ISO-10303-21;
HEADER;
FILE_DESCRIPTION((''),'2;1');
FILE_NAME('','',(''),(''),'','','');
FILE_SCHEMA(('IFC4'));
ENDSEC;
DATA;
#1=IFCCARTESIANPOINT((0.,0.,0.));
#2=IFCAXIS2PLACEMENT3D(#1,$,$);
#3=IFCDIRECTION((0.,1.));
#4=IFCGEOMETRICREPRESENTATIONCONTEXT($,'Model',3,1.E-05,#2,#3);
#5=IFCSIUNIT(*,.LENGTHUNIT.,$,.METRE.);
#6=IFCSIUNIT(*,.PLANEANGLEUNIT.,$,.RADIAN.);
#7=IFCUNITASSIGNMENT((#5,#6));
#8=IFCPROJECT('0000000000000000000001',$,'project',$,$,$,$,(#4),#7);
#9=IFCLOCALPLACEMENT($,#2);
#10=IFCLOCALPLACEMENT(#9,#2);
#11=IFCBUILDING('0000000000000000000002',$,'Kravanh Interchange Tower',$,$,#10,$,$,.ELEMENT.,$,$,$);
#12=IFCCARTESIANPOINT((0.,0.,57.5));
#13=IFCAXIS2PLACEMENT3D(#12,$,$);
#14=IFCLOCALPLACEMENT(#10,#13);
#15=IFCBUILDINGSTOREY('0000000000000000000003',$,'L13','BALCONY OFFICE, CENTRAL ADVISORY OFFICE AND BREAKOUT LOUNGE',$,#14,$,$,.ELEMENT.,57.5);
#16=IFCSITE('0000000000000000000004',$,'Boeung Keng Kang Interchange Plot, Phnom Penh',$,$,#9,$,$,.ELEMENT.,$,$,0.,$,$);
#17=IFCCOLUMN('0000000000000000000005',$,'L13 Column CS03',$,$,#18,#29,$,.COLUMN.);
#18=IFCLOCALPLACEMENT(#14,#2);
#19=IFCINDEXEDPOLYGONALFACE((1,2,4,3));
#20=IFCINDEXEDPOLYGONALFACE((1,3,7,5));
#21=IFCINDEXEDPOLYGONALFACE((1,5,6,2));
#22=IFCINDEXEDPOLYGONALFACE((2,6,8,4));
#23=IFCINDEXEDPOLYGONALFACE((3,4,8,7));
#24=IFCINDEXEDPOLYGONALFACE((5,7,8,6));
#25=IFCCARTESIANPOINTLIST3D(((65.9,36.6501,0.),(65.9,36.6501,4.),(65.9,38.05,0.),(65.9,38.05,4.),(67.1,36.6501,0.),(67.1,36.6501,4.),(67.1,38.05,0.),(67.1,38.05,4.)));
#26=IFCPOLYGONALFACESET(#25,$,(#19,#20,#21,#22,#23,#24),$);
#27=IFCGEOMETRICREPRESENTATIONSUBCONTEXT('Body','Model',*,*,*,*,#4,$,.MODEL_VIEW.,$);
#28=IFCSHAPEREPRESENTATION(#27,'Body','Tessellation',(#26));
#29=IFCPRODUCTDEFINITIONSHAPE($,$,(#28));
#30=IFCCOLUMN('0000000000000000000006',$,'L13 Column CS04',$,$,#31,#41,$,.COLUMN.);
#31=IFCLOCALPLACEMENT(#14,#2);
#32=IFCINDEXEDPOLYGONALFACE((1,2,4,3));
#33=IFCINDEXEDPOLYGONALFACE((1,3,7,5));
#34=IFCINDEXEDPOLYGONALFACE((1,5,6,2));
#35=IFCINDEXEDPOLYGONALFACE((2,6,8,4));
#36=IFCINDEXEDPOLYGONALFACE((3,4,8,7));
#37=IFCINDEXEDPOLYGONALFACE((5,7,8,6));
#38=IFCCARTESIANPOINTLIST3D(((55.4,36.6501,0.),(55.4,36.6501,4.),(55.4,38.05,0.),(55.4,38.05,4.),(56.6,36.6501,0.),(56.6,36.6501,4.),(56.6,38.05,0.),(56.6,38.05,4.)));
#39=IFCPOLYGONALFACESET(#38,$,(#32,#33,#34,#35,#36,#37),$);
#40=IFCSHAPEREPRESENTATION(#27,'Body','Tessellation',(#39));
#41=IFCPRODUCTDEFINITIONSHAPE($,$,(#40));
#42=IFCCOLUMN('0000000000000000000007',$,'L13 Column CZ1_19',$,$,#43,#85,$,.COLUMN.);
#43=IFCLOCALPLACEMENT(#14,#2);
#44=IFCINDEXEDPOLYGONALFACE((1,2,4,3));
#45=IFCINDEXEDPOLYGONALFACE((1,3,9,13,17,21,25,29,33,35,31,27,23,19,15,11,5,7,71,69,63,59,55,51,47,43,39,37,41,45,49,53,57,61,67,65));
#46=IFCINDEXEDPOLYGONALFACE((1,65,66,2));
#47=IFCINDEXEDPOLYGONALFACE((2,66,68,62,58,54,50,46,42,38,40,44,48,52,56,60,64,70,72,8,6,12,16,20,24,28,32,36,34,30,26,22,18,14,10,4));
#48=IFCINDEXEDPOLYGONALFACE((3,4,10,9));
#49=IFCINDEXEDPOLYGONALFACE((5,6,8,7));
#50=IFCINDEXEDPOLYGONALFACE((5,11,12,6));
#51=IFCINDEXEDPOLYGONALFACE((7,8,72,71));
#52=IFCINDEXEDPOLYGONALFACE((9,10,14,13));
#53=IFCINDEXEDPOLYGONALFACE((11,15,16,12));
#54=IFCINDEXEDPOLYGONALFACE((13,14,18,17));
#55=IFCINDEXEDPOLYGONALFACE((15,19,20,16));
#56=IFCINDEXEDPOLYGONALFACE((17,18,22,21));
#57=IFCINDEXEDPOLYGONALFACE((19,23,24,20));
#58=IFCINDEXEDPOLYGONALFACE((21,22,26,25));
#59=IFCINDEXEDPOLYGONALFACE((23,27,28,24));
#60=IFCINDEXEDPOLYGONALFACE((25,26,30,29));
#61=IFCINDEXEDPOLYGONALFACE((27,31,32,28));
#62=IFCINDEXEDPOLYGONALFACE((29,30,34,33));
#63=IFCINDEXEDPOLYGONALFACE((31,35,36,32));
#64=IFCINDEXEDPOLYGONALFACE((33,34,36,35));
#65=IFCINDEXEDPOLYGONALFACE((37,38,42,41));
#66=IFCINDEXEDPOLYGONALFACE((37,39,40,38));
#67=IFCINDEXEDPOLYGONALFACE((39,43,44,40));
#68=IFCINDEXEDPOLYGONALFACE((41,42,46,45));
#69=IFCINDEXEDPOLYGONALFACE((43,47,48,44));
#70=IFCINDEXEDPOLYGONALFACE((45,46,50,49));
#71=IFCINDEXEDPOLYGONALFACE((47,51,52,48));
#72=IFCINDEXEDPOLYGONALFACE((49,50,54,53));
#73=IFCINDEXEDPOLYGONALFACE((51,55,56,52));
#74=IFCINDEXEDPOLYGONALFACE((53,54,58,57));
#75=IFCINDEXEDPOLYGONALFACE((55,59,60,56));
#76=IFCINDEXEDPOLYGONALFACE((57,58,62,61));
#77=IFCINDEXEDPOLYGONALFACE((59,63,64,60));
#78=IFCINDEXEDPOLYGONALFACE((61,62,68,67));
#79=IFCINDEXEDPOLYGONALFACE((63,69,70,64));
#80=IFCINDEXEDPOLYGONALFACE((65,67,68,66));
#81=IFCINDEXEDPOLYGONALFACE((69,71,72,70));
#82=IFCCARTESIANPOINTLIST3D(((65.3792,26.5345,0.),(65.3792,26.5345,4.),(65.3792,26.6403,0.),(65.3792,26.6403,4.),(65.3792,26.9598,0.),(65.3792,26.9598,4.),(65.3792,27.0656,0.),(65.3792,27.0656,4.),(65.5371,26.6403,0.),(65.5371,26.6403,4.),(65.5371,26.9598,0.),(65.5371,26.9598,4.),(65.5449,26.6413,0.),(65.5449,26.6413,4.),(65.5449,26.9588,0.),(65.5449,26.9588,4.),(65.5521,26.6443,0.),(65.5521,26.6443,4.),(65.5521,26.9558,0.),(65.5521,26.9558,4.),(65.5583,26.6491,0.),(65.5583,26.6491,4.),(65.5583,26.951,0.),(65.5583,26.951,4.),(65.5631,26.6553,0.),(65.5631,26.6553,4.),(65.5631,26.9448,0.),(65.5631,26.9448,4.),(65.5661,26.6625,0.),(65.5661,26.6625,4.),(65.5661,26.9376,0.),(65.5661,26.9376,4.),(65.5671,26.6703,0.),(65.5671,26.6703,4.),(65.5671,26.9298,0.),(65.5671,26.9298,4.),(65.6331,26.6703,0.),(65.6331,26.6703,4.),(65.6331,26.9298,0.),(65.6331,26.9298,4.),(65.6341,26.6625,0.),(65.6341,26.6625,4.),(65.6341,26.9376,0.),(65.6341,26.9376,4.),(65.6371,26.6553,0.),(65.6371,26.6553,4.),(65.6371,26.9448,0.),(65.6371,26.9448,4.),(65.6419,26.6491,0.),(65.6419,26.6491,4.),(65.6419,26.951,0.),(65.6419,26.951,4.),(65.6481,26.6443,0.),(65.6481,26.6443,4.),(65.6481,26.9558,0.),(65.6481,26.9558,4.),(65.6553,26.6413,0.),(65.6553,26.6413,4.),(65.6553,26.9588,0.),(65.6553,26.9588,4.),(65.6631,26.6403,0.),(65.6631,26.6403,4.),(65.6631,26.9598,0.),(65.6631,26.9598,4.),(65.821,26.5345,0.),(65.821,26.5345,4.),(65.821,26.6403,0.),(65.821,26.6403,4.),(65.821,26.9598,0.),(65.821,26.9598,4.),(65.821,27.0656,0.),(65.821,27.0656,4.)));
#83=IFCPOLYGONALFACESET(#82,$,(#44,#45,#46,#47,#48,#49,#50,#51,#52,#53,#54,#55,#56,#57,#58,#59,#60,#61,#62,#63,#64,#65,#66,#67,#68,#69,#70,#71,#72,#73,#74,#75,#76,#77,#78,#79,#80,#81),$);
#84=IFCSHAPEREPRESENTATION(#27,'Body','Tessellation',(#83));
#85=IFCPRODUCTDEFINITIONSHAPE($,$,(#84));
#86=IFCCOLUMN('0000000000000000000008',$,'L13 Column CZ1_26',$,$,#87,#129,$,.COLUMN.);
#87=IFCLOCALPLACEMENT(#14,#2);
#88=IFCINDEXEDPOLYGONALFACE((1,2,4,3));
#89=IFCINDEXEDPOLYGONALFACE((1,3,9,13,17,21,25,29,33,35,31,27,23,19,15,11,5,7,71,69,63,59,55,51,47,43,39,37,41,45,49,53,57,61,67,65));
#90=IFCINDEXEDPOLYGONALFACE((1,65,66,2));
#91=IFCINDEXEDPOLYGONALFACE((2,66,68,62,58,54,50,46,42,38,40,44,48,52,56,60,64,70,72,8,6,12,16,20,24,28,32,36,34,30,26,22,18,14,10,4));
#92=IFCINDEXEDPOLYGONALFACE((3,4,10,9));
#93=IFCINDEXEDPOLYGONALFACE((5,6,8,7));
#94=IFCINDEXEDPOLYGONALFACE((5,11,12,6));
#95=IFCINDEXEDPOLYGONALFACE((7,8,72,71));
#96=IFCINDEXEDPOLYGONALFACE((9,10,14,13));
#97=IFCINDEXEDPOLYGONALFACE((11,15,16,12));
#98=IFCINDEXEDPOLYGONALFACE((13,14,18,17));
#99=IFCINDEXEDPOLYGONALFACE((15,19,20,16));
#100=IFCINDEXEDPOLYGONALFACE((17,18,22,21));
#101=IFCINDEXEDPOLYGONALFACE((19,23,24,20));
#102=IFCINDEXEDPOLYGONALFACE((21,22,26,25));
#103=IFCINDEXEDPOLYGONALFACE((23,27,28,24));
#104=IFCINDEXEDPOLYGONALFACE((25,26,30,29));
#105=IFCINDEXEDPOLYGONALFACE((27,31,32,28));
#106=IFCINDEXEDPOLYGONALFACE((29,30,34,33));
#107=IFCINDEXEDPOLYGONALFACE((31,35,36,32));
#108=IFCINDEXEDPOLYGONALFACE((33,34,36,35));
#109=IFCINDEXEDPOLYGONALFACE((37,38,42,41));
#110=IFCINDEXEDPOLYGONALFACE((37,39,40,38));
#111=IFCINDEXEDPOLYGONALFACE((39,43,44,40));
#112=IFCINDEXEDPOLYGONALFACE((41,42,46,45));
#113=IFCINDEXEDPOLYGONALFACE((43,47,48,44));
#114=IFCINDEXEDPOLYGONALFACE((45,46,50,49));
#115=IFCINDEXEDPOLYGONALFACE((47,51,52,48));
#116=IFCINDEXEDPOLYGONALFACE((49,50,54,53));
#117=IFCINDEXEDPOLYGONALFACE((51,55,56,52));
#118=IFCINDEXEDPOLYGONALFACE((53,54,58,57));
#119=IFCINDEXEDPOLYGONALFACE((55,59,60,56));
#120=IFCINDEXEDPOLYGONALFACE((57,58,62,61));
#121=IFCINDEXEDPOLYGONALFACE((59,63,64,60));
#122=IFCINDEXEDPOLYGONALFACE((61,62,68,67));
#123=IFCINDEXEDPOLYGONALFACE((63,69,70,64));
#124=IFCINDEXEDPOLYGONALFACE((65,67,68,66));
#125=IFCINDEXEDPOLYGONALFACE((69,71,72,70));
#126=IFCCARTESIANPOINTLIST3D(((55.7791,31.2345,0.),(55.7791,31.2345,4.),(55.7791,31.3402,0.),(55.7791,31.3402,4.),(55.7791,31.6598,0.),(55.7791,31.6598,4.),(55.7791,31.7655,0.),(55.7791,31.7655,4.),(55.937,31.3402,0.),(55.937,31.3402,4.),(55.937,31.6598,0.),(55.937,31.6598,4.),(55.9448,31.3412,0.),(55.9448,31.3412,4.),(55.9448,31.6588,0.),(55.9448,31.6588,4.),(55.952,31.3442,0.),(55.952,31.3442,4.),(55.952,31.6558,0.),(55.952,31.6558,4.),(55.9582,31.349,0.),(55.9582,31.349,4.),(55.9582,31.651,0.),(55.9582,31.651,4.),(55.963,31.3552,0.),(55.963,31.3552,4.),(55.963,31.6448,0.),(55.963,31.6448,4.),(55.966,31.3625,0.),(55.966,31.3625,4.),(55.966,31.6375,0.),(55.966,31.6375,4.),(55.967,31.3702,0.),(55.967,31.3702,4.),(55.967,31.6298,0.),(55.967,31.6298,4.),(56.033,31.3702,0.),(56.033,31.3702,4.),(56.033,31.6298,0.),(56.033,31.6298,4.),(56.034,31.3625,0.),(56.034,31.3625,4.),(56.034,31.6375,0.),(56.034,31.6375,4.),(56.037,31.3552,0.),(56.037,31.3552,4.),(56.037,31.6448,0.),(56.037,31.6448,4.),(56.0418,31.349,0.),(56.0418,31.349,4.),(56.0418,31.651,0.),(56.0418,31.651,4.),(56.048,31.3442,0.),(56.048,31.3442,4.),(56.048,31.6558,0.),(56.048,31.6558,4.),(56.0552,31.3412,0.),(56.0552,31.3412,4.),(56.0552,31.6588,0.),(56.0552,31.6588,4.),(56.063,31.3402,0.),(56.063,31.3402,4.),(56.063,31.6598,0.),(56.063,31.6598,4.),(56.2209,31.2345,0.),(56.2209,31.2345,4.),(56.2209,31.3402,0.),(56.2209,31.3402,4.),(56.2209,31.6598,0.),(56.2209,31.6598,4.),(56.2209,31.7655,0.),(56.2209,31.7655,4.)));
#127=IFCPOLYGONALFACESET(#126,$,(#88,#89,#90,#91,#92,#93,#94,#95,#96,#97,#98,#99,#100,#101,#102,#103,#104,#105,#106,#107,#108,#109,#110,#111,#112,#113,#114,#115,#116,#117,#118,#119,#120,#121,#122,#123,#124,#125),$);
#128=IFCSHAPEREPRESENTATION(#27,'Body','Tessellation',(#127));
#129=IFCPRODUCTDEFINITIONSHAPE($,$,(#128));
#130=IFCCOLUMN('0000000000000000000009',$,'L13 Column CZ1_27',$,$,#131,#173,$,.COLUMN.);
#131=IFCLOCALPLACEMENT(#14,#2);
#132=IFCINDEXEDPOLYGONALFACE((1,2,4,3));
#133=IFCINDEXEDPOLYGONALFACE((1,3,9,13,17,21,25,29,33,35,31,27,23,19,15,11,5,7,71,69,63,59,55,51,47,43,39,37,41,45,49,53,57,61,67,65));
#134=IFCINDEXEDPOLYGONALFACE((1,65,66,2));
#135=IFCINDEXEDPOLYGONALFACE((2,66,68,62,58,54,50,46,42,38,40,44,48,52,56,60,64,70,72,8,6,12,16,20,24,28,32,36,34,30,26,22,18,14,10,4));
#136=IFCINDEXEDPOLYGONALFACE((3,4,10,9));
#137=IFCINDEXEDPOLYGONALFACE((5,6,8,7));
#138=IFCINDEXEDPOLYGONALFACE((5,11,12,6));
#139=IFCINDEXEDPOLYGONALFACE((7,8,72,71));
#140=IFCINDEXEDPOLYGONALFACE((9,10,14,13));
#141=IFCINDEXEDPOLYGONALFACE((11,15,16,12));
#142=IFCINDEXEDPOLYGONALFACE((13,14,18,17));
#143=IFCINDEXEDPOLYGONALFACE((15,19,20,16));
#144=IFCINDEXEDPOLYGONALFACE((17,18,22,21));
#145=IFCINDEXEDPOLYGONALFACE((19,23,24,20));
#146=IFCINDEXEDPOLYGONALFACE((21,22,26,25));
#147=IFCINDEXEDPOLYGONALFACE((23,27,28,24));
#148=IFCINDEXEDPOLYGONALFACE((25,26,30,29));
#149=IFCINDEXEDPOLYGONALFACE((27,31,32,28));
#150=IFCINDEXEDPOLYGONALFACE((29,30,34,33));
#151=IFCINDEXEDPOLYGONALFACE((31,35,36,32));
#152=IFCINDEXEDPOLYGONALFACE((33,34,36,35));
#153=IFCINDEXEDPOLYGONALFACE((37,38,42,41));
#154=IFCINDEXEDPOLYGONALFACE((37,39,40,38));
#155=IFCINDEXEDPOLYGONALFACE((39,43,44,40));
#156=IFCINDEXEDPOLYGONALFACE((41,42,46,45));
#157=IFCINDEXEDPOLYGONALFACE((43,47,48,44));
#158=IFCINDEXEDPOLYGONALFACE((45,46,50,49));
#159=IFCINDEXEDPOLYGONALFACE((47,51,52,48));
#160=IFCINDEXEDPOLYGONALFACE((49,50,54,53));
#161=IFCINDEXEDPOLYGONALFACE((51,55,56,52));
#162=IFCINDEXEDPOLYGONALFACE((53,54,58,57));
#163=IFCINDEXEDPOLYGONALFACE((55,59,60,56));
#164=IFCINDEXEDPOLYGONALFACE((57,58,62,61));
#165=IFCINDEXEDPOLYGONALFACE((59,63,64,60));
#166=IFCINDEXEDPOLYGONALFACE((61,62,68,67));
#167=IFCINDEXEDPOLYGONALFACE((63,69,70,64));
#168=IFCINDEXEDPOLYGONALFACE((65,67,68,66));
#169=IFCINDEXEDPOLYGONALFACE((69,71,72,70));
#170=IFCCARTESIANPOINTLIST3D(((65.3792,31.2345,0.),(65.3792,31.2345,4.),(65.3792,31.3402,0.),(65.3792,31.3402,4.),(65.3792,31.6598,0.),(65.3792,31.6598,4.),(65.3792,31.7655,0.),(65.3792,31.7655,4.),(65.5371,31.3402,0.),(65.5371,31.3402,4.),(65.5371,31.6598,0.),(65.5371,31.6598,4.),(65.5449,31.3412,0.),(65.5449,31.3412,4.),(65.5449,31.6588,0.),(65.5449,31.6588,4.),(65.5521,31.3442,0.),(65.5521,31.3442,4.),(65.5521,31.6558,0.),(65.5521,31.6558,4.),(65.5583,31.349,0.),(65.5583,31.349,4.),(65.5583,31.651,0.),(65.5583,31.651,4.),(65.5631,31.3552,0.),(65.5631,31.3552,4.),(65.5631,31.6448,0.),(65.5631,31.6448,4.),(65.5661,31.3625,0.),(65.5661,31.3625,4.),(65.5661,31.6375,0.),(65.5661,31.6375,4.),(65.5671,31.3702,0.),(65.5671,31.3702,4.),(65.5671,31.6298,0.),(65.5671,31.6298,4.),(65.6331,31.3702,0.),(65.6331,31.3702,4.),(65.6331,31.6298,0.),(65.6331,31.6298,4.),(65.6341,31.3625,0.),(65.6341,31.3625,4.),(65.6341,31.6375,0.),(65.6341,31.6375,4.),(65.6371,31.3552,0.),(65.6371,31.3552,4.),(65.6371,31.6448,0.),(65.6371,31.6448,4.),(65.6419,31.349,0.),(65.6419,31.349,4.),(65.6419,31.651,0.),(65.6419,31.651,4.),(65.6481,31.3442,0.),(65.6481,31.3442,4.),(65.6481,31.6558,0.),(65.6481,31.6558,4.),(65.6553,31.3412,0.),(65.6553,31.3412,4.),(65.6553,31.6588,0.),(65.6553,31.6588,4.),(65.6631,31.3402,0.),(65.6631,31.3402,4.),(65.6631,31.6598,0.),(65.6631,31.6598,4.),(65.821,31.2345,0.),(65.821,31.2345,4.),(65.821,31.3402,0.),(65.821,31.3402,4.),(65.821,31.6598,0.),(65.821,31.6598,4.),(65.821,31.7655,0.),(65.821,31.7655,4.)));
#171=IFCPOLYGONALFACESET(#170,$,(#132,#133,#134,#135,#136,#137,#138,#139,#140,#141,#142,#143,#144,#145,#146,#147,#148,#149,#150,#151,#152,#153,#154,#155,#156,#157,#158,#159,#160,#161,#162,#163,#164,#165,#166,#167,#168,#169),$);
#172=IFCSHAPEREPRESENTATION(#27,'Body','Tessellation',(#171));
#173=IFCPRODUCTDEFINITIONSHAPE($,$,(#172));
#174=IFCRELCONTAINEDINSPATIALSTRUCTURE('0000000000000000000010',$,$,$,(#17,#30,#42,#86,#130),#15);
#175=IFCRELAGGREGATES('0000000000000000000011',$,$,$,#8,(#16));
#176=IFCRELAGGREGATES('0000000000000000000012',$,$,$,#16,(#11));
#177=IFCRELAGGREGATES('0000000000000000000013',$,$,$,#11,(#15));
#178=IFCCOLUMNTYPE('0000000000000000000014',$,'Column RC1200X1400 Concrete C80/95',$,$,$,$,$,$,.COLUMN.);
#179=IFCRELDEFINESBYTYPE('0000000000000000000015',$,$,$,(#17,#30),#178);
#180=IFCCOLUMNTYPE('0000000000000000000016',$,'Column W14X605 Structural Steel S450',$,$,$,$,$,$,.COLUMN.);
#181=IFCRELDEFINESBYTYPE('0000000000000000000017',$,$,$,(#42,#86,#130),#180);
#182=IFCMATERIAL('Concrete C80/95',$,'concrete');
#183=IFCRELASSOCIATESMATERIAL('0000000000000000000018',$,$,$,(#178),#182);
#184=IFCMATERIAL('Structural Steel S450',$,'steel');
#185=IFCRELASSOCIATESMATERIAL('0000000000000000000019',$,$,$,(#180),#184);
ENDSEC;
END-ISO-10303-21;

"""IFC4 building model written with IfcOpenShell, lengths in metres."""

from ifc_helpers import new_model, si_unit, direction, frame, origin, origin_2d, place, context, subcontext, project, spatial, rectangle, i_section, extrude, material, material_profile, profile_set, type_object, element, save


model = new_model("IFC4")

# Units and contexts
model_context = context("Model", 3, precision=1e-05, world=origin(), true_north=direction((0.0, 1.0)))
body_context = subcontext(model_context, "Body", "Model", "MODEL_VIEW")
ifc_project = project(units=[si_unit("LENGTHUNIT", "METRE"), si_unit("PLANEANGLEUNIT", "RADIAN")], contexts=[model_context])

# Site, building, storey
site_placement = place(None, origin())
site = spatial("IfcSite", under=ifc_project, at=site_placement, Name="Boeung Keng Kang Interchange Plot, Phnom Penh", CompositionType="ELEMENT", RefElevation=0.0)
building_placement = place(site_placement, origin())
building = spatial("IfcBuilding", under=site, at=building_placement, Name="Kravanh Interchange Tower", CompositionType="ELEMENT")
storey_placement = place(building_placement, frame((0.0, 0.0, 57.5)))
storey = spatial("IfcBuildingStorey", under=building, at=storey_placement, Name="L13", Description="BALCONY OFFICE, CENTRAL ADVISORY OFFICE AND BREAKOUT LOUNGE", CompositionType="ELEMENT", Elevation=57.5)

# Columns
ifc_material_1 = material(Name="Concrete C80/95", Category="concrete")
ifc_material_profile_1 = material_profile(ifc_material_1, rectangle(XDim=1.2, YDim=1.3999, at=origin_2d()), Name="RC1200X1400")
ifc_profile_set_1 = profile_set([ifc_material_profile_1], Name="Concrete C80/95")
column_type_1 = type_object("IfcColumnType", Name="Column RC1200X1400 Concrete C80/95", PredefinedType="COLUMN", material=ifc_profile_set_1)
for number, where, z_axis, x_axis, name in (
    (1, (66.5, 37.3501, 0.0), (0.0, 0.0, 1.0), (1.0, 0.0, 0.0), "L13 Column CS03"),
    (2, (56.0, 37.3501, 0.0), (0.0, 0.0, 1.0), (1.0, 0.0, 0.0), "L13 Column CS04"),
):
    element("IfcColumn", number, at=place(storey_placement, frame(where, z_axis=z_axis, x_axis=x_axis)), inside=storey, type_object=column_type_1, Name=name, PredefinedType="COLUMN", context=body_context, shape_type="SweptSolid", body=[
        extrude(rectangle(XDim=1.2, YDim=1.3999, at=origin_2d()), origin(), (0.0, 0.0, 1.0), 4.0),
    ])
ifc_material_2 = material(Name="Structural Steel S450", Category="steel")
ifc_material_profile_2 = material_profile(ifc_material_2, i_section(OverallWidth=0.4419, OverallDepth=0.531, WebThickness=0.0659, FlangeThickness=0.1057, FilletRadius=0.03, at=origin_2d()), Name="W14X605")
ifc_profile_set_2 = profile_set([ifc_material_profile_2], Name="Structural Steel S450")
column_type_2 = type_object("IfcColumnType", Name="Column W14X605 Structural Steel S450", PredefinedType="COLUMN", material=ifc_profile_set_2)
for number, where, z_axis, x_axis, name in (
    (3, (65.6001, 26.8, 0.0), (0.0, 0.0, 1.0), (1.0, 0.0, 0.0), "L13 Column CZ1_19"),
    (4, (56.0, 31.5, 0.0), (0.0, 0.0, 1.0), (1.0, 0.0, 0.0), "L13 Column CZ1_26"),
    (5, (65.6001, 31.5, 0.0), (0.0, 0.0, 1.0), (1.0, 0.0, 0.0), "L13 Column CZ1_27"),
):
    element("IfcColumn", number, at=place(storey_placement, frame(where, z_axis=z_axis, x_axis=x_axis)), inside=storey, type_object=column_type_2, Name=name, PredefinedType="COLUMN", context=body_context, shape_type="SweptSolid", body=[
        extrude(i_section(OverallWidth=0.4419, OverallDepth=0.531, WebThickness=0.0659, FlangeThickness=0.1057, FilletRadius=0.03, at=origin_2d()), origin(), (0.0, 0.0, 1.0), 4.0),
    ])

save(model, "model.ifc")
